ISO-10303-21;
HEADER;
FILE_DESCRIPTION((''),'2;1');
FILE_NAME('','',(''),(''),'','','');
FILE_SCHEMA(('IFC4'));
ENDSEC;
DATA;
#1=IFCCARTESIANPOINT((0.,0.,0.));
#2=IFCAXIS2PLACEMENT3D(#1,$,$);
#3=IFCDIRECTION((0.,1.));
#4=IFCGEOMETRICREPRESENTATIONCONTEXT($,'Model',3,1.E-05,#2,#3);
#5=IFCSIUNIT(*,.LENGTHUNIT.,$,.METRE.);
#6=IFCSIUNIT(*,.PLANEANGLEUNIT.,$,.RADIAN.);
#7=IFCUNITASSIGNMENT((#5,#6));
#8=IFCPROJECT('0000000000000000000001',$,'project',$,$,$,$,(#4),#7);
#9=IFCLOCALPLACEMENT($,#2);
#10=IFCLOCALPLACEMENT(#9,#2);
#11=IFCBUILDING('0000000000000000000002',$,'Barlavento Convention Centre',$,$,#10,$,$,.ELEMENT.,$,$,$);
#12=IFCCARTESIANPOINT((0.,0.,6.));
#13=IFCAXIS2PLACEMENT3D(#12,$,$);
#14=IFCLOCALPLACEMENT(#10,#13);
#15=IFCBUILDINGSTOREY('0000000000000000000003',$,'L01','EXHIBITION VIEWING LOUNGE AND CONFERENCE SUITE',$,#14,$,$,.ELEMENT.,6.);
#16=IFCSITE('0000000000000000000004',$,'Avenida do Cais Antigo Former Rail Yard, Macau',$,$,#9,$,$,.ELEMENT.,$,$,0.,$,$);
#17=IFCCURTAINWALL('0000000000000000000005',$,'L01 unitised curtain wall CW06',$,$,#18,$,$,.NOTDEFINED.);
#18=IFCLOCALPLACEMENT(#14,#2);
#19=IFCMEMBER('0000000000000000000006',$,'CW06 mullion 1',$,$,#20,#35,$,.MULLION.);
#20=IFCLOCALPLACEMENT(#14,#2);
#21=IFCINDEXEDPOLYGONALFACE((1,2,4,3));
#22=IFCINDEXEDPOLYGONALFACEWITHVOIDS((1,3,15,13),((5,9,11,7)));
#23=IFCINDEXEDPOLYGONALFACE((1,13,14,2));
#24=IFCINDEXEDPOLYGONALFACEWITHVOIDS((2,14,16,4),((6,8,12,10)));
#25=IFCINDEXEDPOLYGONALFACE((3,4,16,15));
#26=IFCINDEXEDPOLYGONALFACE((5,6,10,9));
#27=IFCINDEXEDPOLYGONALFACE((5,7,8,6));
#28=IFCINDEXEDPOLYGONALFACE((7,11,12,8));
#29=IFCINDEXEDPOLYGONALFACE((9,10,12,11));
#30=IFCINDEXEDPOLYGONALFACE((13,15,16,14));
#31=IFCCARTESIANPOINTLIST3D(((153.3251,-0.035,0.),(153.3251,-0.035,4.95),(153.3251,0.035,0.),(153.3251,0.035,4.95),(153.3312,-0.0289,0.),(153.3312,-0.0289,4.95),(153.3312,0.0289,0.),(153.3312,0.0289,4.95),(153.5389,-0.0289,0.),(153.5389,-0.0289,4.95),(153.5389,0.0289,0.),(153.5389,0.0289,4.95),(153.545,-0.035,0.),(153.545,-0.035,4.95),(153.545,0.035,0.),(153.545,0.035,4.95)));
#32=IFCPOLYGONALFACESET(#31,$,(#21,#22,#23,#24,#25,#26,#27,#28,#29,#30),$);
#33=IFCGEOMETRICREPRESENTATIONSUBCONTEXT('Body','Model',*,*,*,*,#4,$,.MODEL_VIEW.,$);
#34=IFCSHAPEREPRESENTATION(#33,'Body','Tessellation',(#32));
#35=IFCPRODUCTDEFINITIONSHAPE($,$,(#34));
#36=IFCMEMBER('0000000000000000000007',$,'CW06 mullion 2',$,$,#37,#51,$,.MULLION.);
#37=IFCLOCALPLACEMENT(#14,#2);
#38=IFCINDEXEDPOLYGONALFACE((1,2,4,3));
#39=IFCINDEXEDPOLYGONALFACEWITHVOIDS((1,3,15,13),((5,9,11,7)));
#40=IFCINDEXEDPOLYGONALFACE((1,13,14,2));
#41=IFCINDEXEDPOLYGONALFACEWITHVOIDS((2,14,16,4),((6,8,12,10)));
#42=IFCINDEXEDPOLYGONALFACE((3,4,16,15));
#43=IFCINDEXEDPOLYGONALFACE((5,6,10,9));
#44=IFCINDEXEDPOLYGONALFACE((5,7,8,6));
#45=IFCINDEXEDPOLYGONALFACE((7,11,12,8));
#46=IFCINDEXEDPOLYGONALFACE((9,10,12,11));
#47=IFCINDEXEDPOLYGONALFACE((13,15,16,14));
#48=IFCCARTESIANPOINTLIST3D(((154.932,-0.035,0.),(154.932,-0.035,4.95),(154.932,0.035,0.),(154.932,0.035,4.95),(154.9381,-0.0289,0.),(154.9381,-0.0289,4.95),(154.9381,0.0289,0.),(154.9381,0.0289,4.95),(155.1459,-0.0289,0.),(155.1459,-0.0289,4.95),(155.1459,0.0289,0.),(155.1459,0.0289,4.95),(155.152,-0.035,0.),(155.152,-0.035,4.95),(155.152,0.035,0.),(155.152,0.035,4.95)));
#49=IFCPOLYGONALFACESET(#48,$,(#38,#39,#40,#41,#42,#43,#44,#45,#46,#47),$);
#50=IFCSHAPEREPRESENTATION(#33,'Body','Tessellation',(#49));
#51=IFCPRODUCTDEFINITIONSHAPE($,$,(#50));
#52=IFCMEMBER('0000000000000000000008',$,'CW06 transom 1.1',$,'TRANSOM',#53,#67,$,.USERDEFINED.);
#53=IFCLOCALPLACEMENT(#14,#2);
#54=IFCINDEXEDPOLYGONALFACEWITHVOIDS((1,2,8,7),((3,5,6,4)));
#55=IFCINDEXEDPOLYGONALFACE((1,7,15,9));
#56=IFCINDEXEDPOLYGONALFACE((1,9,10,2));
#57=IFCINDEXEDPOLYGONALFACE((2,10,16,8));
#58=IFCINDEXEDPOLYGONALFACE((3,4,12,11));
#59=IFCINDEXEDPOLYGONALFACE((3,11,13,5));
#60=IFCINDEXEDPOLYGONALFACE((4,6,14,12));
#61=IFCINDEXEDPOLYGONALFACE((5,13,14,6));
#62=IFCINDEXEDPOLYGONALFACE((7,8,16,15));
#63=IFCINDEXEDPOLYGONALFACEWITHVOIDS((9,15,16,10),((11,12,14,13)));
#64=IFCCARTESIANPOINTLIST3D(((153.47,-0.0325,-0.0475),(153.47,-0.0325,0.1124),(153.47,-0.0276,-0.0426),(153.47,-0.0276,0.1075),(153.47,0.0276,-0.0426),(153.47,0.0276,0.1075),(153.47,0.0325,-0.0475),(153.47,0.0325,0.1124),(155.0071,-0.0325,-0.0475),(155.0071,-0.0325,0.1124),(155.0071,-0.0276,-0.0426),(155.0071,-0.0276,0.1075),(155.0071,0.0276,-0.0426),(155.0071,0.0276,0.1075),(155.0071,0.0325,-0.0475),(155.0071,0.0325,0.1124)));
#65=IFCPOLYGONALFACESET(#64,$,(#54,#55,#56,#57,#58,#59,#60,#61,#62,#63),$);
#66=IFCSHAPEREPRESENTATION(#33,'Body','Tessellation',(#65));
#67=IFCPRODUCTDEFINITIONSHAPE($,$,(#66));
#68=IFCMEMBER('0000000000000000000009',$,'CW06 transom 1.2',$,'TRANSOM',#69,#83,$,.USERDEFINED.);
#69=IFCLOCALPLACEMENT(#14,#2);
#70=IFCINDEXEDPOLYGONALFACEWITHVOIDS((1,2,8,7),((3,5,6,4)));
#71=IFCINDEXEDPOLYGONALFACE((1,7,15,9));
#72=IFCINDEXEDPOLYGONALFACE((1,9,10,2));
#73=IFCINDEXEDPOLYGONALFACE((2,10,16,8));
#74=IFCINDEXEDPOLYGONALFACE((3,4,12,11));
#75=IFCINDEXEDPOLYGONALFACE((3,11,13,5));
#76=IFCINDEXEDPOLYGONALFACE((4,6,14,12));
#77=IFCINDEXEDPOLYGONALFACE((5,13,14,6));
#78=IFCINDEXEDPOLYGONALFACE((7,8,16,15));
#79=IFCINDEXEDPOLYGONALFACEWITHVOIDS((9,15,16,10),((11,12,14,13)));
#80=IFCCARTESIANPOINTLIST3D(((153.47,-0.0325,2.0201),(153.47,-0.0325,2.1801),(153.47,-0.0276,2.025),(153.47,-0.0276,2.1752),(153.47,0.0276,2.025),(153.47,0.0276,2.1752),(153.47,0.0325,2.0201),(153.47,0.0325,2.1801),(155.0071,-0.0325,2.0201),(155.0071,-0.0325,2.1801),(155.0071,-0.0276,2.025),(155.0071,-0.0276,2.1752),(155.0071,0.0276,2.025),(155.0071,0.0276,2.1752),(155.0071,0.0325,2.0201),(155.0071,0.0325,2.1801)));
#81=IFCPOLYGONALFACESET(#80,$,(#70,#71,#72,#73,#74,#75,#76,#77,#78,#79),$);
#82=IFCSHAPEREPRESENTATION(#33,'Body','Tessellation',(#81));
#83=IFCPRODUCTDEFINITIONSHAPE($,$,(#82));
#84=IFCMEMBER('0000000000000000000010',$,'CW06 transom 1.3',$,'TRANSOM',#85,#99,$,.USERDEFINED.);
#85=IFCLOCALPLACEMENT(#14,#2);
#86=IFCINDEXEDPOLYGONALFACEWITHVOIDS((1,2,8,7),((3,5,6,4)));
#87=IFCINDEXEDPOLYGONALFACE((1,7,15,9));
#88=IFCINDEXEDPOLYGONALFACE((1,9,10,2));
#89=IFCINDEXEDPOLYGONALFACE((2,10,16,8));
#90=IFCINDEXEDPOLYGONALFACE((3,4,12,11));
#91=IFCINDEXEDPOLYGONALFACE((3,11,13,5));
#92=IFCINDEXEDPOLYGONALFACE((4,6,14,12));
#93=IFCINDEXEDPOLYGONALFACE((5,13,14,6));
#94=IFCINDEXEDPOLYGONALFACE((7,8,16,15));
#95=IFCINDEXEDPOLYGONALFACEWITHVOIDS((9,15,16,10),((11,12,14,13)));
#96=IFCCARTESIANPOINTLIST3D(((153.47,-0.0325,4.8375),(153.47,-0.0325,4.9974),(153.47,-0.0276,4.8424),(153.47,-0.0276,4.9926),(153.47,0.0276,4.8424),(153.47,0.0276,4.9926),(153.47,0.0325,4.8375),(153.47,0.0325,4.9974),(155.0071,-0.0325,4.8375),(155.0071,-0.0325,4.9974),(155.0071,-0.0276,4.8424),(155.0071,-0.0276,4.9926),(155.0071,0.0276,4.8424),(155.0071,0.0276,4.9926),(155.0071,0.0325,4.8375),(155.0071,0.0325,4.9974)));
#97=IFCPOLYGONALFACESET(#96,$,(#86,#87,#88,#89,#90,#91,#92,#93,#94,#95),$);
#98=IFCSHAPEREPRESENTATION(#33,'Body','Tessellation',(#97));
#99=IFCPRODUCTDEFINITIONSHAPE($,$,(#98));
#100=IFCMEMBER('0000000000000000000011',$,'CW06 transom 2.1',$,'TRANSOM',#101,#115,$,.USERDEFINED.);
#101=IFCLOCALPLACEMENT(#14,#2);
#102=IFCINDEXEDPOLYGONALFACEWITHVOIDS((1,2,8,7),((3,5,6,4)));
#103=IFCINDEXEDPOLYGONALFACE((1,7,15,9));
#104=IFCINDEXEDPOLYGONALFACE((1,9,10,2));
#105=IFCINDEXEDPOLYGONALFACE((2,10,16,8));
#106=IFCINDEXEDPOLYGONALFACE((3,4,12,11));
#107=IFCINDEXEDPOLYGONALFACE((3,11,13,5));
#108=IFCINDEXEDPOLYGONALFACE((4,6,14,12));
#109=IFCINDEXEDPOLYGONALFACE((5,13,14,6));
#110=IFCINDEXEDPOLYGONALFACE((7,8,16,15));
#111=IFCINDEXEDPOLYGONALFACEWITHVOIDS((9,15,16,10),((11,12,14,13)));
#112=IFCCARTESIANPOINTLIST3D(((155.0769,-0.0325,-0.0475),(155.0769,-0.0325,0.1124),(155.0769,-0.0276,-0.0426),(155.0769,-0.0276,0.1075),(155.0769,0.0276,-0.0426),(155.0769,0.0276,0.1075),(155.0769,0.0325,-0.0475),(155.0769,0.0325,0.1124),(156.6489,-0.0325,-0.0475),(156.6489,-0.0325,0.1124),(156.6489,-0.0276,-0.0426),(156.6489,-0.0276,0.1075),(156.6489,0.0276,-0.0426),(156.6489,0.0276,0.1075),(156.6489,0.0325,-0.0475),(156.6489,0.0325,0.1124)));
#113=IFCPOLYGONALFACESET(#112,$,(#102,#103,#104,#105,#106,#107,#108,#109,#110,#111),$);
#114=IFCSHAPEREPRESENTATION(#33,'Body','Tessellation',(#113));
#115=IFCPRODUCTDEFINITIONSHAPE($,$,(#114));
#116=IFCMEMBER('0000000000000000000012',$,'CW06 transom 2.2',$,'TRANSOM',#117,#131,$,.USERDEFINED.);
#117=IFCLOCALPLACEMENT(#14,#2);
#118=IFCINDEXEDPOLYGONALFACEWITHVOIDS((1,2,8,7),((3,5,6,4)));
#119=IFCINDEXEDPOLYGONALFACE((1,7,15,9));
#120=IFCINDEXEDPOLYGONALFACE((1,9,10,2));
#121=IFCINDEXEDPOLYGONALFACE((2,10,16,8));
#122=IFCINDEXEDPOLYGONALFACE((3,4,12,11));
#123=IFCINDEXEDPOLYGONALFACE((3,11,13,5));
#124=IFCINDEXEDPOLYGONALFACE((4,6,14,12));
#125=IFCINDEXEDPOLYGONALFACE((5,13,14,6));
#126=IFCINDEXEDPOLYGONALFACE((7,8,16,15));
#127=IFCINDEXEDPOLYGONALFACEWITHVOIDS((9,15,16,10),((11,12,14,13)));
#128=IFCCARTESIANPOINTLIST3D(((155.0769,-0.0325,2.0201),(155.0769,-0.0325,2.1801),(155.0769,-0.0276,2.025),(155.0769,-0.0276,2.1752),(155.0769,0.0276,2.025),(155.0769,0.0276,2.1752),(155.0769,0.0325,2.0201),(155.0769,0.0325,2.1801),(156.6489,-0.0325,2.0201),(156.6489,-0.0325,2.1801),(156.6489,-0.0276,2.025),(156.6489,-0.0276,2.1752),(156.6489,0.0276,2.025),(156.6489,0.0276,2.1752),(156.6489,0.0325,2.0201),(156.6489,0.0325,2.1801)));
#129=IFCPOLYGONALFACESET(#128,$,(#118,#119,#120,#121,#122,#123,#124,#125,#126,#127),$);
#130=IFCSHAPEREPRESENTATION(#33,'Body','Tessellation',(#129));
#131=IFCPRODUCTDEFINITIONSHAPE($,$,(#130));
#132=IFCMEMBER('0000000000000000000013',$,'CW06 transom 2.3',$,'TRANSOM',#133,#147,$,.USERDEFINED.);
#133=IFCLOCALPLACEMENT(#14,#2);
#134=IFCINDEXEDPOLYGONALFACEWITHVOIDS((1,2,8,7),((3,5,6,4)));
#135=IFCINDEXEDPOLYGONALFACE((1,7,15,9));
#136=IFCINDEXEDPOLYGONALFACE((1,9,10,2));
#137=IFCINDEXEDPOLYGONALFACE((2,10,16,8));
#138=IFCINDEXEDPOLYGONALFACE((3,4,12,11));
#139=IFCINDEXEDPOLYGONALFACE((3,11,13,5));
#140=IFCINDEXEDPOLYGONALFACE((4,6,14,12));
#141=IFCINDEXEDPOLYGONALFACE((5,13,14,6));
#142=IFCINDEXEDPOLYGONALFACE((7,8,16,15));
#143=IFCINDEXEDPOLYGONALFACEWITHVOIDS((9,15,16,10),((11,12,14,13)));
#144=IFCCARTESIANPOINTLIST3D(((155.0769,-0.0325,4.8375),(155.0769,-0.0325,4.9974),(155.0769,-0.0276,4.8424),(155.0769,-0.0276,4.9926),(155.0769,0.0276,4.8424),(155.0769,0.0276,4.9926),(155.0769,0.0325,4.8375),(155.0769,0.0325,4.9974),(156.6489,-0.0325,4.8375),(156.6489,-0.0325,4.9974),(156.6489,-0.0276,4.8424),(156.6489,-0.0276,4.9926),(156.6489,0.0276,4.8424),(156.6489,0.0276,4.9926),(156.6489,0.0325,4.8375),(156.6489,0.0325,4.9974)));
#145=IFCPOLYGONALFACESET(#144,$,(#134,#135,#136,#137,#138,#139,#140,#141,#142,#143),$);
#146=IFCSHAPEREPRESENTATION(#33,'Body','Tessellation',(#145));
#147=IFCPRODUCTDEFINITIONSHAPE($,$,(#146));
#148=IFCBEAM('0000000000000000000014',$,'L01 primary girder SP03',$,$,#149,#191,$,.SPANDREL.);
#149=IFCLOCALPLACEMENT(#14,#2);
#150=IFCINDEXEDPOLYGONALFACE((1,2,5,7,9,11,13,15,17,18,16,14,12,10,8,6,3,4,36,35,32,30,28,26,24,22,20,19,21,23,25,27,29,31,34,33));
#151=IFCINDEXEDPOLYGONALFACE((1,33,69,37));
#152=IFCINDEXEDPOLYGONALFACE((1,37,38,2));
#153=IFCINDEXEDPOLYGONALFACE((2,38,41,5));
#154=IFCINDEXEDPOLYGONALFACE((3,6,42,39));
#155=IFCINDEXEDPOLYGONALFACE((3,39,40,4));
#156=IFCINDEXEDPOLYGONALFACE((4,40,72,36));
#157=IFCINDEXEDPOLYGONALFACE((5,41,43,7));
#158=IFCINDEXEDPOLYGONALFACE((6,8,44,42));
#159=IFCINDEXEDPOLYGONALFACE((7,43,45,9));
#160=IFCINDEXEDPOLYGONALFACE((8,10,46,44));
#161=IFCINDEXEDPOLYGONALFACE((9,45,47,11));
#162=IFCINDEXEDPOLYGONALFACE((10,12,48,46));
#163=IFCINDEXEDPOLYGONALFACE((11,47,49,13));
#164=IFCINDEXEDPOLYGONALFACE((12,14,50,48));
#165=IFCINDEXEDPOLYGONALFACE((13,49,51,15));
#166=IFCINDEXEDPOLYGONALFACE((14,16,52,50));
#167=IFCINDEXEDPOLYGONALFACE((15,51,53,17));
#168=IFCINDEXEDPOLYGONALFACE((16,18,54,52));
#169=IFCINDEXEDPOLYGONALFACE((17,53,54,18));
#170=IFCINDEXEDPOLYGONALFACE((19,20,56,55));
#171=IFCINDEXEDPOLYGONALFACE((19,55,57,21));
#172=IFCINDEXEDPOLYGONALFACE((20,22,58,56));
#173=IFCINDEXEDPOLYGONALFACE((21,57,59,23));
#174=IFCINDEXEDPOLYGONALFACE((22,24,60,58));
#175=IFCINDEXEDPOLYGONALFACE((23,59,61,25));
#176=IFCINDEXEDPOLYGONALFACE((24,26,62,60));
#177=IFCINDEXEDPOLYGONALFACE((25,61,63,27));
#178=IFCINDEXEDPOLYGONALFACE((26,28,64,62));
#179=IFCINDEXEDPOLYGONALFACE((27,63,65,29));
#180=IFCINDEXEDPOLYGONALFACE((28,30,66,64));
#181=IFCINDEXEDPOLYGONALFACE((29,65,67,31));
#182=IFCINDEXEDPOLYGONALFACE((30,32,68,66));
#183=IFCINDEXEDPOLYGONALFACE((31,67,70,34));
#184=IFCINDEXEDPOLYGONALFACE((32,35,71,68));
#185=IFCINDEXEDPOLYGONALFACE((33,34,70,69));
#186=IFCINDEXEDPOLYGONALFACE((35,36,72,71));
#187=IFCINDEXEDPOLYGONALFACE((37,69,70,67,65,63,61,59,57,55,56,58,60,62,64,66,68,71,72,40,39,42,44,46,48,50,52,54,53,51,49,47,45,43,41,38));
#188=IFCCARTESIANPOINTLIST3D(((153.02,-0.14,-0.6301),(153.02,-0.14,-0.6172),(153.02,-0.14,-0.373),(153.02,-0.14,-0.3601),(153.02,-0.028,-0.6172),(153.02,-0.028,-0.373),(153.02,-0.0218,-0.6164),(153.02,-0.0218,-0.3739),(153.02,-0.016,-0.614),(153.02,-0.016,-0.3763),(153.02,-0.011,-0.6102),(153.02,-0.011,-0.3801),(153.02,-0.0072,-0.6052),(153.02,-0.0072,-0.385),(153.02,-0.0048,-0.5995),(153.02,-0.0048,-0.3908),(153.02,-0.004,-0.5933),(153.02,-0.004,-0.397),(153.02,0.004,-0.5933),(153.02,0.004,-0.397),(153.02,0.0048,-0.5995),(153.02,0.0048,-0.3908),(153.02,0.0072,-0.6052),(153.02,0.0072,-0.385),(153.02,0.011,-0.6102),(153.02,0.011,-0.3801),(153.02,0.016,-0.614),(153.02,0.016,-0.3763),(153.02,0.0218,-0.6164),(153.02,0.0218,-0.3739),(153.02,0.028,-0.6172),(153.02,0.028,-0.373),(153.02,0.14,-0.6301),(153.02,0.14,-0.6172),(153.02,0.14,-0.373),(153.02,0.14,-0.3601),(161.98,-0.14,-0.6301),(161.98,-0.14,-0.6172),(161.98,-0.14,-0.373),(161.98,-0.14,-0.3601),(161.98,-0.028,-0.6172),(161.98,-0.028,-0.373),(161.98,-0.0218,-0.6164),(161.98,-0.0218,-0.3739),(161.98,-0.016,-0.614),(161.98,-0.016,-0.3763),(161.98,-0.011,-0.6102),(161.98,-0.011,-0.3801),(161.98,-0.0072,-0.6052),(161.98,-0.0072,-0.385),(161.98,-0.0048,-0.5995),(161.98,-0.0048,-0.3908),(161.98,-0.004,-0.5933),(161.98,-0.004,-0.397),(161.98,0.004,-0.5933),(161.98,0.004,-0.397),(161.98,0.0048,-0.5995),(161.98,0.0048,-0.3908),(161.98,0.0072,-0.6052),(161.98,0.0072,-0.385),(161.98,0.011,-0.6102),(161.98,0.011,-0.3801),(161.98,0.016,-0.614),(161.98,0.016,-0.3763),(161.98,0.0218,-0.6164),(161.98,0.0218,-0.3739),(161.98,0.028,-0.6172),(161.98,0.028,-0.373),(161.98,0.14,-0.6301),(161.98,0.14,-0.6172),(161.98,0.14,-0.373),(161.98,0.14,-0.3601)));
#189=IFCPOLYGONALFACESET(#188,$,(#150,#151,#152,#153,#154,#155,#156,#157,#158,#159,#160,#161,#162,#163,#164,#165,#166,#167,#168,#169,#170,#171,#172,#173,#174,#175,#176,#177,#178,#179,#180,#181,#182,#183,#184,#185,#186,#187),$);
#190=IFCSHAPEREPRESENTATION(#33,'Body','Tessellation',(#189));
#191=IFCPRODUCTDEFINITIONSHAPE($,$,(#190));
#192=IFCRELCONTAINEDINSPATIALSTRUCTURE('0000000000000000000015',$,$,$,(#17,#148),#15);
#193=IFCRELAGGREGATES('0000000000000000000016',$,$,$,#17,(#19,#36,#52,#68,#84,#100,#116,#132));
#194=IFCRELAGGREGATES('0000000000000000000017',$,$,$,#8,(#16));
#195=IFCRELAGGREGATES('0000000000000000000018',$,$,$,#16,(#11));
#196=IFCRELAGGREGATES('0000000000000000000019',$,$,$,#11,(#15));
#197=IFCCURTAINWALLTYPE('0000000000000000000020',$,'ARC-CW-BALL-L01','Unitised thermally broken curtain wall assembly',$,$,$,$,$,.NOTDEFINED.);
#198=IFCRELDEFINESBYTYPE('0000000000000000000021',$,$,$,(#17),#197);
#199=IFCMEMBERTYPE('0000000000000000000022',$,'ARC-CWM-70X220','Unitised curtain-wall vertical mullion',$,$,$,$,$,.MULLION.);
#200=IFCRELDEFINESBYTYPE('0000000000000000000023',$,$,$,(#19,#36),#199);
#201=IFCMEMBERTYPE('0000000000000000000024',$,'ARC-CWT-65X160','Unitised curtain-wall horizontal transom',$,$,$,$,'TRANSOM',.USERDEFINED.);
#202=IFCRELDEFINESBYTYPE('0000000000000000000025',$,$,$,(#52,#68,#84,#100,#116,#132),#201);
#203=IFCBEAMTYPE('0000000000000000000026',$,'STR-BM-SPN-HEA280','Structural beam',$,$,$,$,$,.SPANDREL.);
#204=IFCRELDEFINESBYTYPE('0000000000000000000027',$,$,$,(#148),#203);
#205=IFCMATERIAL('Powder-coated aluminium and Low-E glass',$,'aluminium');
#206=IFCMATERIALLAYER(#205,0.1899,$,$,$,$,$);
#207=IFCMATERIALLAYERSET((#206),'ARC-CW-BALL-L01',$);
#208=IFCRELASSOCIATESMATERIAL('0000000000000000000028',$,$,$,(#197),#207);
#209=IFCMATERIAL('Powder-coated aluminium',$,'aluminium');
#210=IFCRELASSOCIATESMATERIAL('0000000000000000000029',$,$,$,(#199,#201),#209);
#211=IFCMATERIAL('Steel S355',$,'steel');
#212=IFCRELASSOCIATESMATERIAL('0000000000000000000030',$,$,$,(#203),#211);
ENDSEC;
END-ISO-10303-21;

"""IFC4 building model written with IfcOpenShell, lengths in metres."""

from ifc_helpers import new_model, si_unit, direction, frame, origin, origin_2d, place, context, subcontext, project, spatial, hollow_rectangle, i_section, extrude, material, layer, layer_set, material_profile, profile_set, type_object, element, aggregate, save


model = new_model("IFC4")

# Units and contexts
model_context = context("Model", 3, precision=1e-05, world=origin(), true_north=direction((0.0, 1.0)))
body_context = subcontext(model_context, "Body", "Model", "MODEL_VIEW")
ifc_project = project(units=[si_unit("LENGTHUNIT", "METRE"), si_unit("PLANEANGLEUNIT", "RADIAN")], contexts=[model_context])

# Site, building, storey
site_placement = place(None, origin())
site = spatial("IfcSite", under=ifc_project, at=site_placement, Name="Avenida do Cais Antigo Former Rail Yard, Macau", CompositionType="ELEMENT", RefElevation=0.0)
building_placement = place(site_placement, origin())
building = spatial("IfcBuilding", under=site, at=building_placement, Name="Barlavento Convention Centre", CompositionType="ELEMENT")
storey_placement = place(building_placement, frame((0.0, 0.0, 6.0)))
storey = spatial("IfcBuildingStorey", under=building, at=storey_placement, Name="L01", Description="EXHIBITION VIEWING LOUNGE AND CONFERENCE SUITE", CompositionType="ELEMENT", Elevation=6.0)

# Curtain wall, members
ifc_material_1 = material(Name="Powder-coated aluminium and Low-E glass", Category="aluminium")
ifc_layer_1 = layer(ifc_material_1, 0.1899)
ifc_layer_set_1 = layer_set([ifc_layer_1], Name="ARC-CW-BALL-L01")
curtain_wall_type = type_object("IfcCurtainWallType", Name="ARC-CW-BALL-L01", Description="Unitised thermally broken curtain wall assembly", PredefinedType="NOTDEFINED", material=ifc_layer_set_1)
curtain_wall_placement = place(storey_placement, origin())
curtain_wall = element("IfcCurtainWall", 1, at=curtain_wall_placement, inside=storey, type_object=curtain_wall_type, Name="L01 unitised curtain wall CW06", PredefinedType="NOTDEFINED")
ifc_material_2 = material(Name="Powder-coated aluminium", Category="aluminium")
ifc_material_profile_1 = material_profile(ifc_material_2, hollow_rectangle(XDim=0.0701, YDim=0.22, WallThickness=0.0061, at=origin_2d()), Name="AL-MULL 70x220x6")
ifc_profile_set_1 = profile_set([ifc_material_profile_1], Name="Powder-coated aluminium")
member_type_1 = type_object("IfcMemberType", Name="ARC-CWM-70X220", Description="Unitised curtain-wall vertical mullion", PredefinedType="MULLION", material=ifc_profile_set_1)
member_1_placement = place(storey_placement, frame((153.4351, 0.0, 0.0), z_axis=(0.0, 0.0, 1.0), x_axis=(0.0, 1.0, 0.0)))
member_1 = element("IfcMember", 2, at=member_1_placement, type_object=member_type_1, Name="CW06 mullion 1", PredefinedType="MULLION", context=body_context, shape_type="SweptSolid", body=[
    extrude(hollow_rectangle(XDim=0.0701, YDim=0.22, WallThickness=0.0061, at=origin_2d()), origin(), (0.0, 0.0, 1.0), 4.95),
])
member_2_placement = place(storey_placement, frame((155.042, 0.0, 0.0), z_axis=(0.0, 0.0, 1.0), x_axis=(0.0, 1.0, 0.0)))
member_2 = element("IfcMember", 3, at=member_2_placement, type_object=member_type_1, Name="CW06 mullion 2", PredefinedType="MULLION", context=body_context, shape_type="SweptSolid", body=[
    extrude(hollow_rectangle(XDim=0.0701, YDim=0.22, WallThickness=0.0061, at=origin_2d()), origin(), (0.0, 0.0, 1.0), 4.95),
])
ifc_material_profile_2 = material_profile(ifc_material_2, hollow_rectangle(XDim=0.0649, YDim=0.1599, WallThickness=0.0049, at=origin_2d()), Name="AL-TRAN 65x160x5")
ifc_profile_set_2 = profile_set([ifc_material_profile_2], Name="Powder-coated aluminium")
member_type_2 = type_object("IfcMemberType", Name="ARC-CWT-65X160", Description="Unitised curtain-wall horizontal transom", ElementType="TRANSOM", PredefinedType="USERDEFINED", material=ifc_profile_set_2)
member_3_placement = place(storey_placement, frame((153.47, 0.0, 0.0325), z_axis=(1.0, 0.0, 0.0), x_axis=(0.0, 1.0, 0.0)))
member_3 = element("IfcMember", 4, at=member_3_placement, type_object=member_type_2, Name="CW06 transom 1.1", ObjectType="TRANSOM", PredefinedType="USERDEFINED", context=body_context, shape_type="SweptSolid", body=[
    extrude(hollow_rectangle(XDim=0.0649, YDim=0.1599, WallThickness=0.0049, at=origin_2d()), origin(), (0.0, 0.0, 1.0), 1.5371),
])
member_4_placement = place(storey_placement, frame((153.47, 0.0, 2.1001), z_axis=(1.0, 0.0, 0.0), x_axis=(0.0, 1.0, 0.0)))
member_4 = element("IfcMember", 5, at=member_4_placement, type_object=member_type_2, Name="CW06 transom 1.2", ObjectType="TRANSOM", PredefinedType="USERDEFINED", context=body_context, shape_type="SweptSolid", body=[
    extrude(hollow_rectangle(XDim=0.0649, YDim=0.1599, WallThickness=0.0049, at=origin_2d()), origin(), (0.0, 0.0, 1.0), 1.5371),
])
member_5_placement = place(storey_placement, frame((153.47, 0.0, 4.9175), z_axis=(1.0, 0.0, 0.0), x_axis=(0.0, 1.0, 0.0)))
member_5 = element("IfcMember", 6, at=member_5_placement, type_object=member_type_2, Name="CW06 transom 1.3", ObjectType="TRANSOM", PredefinedType="USERDEFINED", context=body_context, shape_type="SweptSolid", body=[
    extrude(hollow_rectangle(XDim=0.0649, YDim=0.1599, WallThickness=0.0049, at=origin_2d()), origin(), (0.0, 0.0, 1.0), 1.5371),
])
member_6_placement = place(storey_placement, frame((155.0769, 0.0, 0.0325), z_axis=(1.0, 0.0, 0.0), x_axis=(0.0, 1.0, 0.0)))
member_6 = element("IfcMember", 7, at=member_6_placement, type_object=member_type_2, Name="CW06 transom 2.1", ObjectType="TRANSOM", PredefinedType="USERDEFINED", context=body_context, shape_type="SweptSolid", body=[
    extrude(hollow_rectangle(XDim=0.0649, YDim=0.1599, WallThickness=0.0049, at=origin_2d()), origin(), (0.0, 0.0, 1.0), 1.572),
])
member_7_placement = place(storey_placement, frame((155.0769, 0.0, 2.1001), z_axis=(1.0, 0.0, 0.0), x_axis=(0.0, 1.0, 0.0)))
member_7 = element("IfcMember", 8, at=member_7_placement, type_object=member_type_2, Name="CW06 transom 2.2", ObjectType="TRANSOM", PredefinedType="USERDEFINED", context=body_context, shape_type="SweptSolid", body=[
    extrude(hollow_rectangle(XDim=0.0649, YDim=0.1599, WallThickness=0.0049, at=origin_2d()), origin(), (0.0, 0.0, 1.0), 1.572),
])
member_8_placement = place(storey_placement, frame((155.0769, 0.0, 4.9175), z_axis=(1.0, 0.0, 0.0), x_axis=(0.0, 1.0, 0.0)))
member_8 = element("IfcMember", 9, at=member_8_placement, type_object=member_type_2, Name="CW06 transom 2.3", ObjectType="TRANSOM", PredefinedType="USERDEFINED", context=body_context, shape_type="SweptSolid", body=[
    extrude(hollow_rectangle(XDim=0.0649, YDim=0.1599, WallThickness=0.0049, at=origin_2d()), origin(), (0.0, 0.0, 1.0), 1.572),
])

# Beam
ifc_material_3 = material(Name="Steel S355", Category="steel")
ifc_material_profile_3 = material_profile(ifc_material_3, i_section(OverallWidth=0.28, OverallDepth=0.27, WebThickness=0.0081, FlangeThickness=0.0129, FilletRadius=0.0239, at=origin_2d()), Name="HEA 280")
ifc_profile_set_3 = profile_set([ifc_material_profile_3], Name="Steel S355")
beam_type = type_object("IfcBeamType", Name="STR-BM-SPN-HEA280", Description="Structural beam", PredefinedType="SPANDREL", material=ifc_profile_set_3)
beam_placement = place(storey_placement, frame((153.02, 0.0, -0.4951), z_axis=(1.0, 0.0, 0.0), x_axis=(0.0, 1.0, 0.0)))
element("IfcBeam", 10, at=beam_placement, inside=storey, type_object=beam_type, Name="L01 primary girder SP03", PredefinedType="SPANDREL", context=body_context, shape_type="SweptSolid", body=[
    extrude(i_section(OverallWidth=0.28, OverallDepth=0.27, WebThickness=0.0081, FlangeThickness=0.0129, FilletRadius=0.0239, at=origin_2d()), origin(), (0.0, 0.0, 1.0), 8.96),
])

aggregate(curtain_wall, [member_1, member_2, member_3, member_4, member_5, member_6, member_7, member_8])

save(model, "model.ifc")
